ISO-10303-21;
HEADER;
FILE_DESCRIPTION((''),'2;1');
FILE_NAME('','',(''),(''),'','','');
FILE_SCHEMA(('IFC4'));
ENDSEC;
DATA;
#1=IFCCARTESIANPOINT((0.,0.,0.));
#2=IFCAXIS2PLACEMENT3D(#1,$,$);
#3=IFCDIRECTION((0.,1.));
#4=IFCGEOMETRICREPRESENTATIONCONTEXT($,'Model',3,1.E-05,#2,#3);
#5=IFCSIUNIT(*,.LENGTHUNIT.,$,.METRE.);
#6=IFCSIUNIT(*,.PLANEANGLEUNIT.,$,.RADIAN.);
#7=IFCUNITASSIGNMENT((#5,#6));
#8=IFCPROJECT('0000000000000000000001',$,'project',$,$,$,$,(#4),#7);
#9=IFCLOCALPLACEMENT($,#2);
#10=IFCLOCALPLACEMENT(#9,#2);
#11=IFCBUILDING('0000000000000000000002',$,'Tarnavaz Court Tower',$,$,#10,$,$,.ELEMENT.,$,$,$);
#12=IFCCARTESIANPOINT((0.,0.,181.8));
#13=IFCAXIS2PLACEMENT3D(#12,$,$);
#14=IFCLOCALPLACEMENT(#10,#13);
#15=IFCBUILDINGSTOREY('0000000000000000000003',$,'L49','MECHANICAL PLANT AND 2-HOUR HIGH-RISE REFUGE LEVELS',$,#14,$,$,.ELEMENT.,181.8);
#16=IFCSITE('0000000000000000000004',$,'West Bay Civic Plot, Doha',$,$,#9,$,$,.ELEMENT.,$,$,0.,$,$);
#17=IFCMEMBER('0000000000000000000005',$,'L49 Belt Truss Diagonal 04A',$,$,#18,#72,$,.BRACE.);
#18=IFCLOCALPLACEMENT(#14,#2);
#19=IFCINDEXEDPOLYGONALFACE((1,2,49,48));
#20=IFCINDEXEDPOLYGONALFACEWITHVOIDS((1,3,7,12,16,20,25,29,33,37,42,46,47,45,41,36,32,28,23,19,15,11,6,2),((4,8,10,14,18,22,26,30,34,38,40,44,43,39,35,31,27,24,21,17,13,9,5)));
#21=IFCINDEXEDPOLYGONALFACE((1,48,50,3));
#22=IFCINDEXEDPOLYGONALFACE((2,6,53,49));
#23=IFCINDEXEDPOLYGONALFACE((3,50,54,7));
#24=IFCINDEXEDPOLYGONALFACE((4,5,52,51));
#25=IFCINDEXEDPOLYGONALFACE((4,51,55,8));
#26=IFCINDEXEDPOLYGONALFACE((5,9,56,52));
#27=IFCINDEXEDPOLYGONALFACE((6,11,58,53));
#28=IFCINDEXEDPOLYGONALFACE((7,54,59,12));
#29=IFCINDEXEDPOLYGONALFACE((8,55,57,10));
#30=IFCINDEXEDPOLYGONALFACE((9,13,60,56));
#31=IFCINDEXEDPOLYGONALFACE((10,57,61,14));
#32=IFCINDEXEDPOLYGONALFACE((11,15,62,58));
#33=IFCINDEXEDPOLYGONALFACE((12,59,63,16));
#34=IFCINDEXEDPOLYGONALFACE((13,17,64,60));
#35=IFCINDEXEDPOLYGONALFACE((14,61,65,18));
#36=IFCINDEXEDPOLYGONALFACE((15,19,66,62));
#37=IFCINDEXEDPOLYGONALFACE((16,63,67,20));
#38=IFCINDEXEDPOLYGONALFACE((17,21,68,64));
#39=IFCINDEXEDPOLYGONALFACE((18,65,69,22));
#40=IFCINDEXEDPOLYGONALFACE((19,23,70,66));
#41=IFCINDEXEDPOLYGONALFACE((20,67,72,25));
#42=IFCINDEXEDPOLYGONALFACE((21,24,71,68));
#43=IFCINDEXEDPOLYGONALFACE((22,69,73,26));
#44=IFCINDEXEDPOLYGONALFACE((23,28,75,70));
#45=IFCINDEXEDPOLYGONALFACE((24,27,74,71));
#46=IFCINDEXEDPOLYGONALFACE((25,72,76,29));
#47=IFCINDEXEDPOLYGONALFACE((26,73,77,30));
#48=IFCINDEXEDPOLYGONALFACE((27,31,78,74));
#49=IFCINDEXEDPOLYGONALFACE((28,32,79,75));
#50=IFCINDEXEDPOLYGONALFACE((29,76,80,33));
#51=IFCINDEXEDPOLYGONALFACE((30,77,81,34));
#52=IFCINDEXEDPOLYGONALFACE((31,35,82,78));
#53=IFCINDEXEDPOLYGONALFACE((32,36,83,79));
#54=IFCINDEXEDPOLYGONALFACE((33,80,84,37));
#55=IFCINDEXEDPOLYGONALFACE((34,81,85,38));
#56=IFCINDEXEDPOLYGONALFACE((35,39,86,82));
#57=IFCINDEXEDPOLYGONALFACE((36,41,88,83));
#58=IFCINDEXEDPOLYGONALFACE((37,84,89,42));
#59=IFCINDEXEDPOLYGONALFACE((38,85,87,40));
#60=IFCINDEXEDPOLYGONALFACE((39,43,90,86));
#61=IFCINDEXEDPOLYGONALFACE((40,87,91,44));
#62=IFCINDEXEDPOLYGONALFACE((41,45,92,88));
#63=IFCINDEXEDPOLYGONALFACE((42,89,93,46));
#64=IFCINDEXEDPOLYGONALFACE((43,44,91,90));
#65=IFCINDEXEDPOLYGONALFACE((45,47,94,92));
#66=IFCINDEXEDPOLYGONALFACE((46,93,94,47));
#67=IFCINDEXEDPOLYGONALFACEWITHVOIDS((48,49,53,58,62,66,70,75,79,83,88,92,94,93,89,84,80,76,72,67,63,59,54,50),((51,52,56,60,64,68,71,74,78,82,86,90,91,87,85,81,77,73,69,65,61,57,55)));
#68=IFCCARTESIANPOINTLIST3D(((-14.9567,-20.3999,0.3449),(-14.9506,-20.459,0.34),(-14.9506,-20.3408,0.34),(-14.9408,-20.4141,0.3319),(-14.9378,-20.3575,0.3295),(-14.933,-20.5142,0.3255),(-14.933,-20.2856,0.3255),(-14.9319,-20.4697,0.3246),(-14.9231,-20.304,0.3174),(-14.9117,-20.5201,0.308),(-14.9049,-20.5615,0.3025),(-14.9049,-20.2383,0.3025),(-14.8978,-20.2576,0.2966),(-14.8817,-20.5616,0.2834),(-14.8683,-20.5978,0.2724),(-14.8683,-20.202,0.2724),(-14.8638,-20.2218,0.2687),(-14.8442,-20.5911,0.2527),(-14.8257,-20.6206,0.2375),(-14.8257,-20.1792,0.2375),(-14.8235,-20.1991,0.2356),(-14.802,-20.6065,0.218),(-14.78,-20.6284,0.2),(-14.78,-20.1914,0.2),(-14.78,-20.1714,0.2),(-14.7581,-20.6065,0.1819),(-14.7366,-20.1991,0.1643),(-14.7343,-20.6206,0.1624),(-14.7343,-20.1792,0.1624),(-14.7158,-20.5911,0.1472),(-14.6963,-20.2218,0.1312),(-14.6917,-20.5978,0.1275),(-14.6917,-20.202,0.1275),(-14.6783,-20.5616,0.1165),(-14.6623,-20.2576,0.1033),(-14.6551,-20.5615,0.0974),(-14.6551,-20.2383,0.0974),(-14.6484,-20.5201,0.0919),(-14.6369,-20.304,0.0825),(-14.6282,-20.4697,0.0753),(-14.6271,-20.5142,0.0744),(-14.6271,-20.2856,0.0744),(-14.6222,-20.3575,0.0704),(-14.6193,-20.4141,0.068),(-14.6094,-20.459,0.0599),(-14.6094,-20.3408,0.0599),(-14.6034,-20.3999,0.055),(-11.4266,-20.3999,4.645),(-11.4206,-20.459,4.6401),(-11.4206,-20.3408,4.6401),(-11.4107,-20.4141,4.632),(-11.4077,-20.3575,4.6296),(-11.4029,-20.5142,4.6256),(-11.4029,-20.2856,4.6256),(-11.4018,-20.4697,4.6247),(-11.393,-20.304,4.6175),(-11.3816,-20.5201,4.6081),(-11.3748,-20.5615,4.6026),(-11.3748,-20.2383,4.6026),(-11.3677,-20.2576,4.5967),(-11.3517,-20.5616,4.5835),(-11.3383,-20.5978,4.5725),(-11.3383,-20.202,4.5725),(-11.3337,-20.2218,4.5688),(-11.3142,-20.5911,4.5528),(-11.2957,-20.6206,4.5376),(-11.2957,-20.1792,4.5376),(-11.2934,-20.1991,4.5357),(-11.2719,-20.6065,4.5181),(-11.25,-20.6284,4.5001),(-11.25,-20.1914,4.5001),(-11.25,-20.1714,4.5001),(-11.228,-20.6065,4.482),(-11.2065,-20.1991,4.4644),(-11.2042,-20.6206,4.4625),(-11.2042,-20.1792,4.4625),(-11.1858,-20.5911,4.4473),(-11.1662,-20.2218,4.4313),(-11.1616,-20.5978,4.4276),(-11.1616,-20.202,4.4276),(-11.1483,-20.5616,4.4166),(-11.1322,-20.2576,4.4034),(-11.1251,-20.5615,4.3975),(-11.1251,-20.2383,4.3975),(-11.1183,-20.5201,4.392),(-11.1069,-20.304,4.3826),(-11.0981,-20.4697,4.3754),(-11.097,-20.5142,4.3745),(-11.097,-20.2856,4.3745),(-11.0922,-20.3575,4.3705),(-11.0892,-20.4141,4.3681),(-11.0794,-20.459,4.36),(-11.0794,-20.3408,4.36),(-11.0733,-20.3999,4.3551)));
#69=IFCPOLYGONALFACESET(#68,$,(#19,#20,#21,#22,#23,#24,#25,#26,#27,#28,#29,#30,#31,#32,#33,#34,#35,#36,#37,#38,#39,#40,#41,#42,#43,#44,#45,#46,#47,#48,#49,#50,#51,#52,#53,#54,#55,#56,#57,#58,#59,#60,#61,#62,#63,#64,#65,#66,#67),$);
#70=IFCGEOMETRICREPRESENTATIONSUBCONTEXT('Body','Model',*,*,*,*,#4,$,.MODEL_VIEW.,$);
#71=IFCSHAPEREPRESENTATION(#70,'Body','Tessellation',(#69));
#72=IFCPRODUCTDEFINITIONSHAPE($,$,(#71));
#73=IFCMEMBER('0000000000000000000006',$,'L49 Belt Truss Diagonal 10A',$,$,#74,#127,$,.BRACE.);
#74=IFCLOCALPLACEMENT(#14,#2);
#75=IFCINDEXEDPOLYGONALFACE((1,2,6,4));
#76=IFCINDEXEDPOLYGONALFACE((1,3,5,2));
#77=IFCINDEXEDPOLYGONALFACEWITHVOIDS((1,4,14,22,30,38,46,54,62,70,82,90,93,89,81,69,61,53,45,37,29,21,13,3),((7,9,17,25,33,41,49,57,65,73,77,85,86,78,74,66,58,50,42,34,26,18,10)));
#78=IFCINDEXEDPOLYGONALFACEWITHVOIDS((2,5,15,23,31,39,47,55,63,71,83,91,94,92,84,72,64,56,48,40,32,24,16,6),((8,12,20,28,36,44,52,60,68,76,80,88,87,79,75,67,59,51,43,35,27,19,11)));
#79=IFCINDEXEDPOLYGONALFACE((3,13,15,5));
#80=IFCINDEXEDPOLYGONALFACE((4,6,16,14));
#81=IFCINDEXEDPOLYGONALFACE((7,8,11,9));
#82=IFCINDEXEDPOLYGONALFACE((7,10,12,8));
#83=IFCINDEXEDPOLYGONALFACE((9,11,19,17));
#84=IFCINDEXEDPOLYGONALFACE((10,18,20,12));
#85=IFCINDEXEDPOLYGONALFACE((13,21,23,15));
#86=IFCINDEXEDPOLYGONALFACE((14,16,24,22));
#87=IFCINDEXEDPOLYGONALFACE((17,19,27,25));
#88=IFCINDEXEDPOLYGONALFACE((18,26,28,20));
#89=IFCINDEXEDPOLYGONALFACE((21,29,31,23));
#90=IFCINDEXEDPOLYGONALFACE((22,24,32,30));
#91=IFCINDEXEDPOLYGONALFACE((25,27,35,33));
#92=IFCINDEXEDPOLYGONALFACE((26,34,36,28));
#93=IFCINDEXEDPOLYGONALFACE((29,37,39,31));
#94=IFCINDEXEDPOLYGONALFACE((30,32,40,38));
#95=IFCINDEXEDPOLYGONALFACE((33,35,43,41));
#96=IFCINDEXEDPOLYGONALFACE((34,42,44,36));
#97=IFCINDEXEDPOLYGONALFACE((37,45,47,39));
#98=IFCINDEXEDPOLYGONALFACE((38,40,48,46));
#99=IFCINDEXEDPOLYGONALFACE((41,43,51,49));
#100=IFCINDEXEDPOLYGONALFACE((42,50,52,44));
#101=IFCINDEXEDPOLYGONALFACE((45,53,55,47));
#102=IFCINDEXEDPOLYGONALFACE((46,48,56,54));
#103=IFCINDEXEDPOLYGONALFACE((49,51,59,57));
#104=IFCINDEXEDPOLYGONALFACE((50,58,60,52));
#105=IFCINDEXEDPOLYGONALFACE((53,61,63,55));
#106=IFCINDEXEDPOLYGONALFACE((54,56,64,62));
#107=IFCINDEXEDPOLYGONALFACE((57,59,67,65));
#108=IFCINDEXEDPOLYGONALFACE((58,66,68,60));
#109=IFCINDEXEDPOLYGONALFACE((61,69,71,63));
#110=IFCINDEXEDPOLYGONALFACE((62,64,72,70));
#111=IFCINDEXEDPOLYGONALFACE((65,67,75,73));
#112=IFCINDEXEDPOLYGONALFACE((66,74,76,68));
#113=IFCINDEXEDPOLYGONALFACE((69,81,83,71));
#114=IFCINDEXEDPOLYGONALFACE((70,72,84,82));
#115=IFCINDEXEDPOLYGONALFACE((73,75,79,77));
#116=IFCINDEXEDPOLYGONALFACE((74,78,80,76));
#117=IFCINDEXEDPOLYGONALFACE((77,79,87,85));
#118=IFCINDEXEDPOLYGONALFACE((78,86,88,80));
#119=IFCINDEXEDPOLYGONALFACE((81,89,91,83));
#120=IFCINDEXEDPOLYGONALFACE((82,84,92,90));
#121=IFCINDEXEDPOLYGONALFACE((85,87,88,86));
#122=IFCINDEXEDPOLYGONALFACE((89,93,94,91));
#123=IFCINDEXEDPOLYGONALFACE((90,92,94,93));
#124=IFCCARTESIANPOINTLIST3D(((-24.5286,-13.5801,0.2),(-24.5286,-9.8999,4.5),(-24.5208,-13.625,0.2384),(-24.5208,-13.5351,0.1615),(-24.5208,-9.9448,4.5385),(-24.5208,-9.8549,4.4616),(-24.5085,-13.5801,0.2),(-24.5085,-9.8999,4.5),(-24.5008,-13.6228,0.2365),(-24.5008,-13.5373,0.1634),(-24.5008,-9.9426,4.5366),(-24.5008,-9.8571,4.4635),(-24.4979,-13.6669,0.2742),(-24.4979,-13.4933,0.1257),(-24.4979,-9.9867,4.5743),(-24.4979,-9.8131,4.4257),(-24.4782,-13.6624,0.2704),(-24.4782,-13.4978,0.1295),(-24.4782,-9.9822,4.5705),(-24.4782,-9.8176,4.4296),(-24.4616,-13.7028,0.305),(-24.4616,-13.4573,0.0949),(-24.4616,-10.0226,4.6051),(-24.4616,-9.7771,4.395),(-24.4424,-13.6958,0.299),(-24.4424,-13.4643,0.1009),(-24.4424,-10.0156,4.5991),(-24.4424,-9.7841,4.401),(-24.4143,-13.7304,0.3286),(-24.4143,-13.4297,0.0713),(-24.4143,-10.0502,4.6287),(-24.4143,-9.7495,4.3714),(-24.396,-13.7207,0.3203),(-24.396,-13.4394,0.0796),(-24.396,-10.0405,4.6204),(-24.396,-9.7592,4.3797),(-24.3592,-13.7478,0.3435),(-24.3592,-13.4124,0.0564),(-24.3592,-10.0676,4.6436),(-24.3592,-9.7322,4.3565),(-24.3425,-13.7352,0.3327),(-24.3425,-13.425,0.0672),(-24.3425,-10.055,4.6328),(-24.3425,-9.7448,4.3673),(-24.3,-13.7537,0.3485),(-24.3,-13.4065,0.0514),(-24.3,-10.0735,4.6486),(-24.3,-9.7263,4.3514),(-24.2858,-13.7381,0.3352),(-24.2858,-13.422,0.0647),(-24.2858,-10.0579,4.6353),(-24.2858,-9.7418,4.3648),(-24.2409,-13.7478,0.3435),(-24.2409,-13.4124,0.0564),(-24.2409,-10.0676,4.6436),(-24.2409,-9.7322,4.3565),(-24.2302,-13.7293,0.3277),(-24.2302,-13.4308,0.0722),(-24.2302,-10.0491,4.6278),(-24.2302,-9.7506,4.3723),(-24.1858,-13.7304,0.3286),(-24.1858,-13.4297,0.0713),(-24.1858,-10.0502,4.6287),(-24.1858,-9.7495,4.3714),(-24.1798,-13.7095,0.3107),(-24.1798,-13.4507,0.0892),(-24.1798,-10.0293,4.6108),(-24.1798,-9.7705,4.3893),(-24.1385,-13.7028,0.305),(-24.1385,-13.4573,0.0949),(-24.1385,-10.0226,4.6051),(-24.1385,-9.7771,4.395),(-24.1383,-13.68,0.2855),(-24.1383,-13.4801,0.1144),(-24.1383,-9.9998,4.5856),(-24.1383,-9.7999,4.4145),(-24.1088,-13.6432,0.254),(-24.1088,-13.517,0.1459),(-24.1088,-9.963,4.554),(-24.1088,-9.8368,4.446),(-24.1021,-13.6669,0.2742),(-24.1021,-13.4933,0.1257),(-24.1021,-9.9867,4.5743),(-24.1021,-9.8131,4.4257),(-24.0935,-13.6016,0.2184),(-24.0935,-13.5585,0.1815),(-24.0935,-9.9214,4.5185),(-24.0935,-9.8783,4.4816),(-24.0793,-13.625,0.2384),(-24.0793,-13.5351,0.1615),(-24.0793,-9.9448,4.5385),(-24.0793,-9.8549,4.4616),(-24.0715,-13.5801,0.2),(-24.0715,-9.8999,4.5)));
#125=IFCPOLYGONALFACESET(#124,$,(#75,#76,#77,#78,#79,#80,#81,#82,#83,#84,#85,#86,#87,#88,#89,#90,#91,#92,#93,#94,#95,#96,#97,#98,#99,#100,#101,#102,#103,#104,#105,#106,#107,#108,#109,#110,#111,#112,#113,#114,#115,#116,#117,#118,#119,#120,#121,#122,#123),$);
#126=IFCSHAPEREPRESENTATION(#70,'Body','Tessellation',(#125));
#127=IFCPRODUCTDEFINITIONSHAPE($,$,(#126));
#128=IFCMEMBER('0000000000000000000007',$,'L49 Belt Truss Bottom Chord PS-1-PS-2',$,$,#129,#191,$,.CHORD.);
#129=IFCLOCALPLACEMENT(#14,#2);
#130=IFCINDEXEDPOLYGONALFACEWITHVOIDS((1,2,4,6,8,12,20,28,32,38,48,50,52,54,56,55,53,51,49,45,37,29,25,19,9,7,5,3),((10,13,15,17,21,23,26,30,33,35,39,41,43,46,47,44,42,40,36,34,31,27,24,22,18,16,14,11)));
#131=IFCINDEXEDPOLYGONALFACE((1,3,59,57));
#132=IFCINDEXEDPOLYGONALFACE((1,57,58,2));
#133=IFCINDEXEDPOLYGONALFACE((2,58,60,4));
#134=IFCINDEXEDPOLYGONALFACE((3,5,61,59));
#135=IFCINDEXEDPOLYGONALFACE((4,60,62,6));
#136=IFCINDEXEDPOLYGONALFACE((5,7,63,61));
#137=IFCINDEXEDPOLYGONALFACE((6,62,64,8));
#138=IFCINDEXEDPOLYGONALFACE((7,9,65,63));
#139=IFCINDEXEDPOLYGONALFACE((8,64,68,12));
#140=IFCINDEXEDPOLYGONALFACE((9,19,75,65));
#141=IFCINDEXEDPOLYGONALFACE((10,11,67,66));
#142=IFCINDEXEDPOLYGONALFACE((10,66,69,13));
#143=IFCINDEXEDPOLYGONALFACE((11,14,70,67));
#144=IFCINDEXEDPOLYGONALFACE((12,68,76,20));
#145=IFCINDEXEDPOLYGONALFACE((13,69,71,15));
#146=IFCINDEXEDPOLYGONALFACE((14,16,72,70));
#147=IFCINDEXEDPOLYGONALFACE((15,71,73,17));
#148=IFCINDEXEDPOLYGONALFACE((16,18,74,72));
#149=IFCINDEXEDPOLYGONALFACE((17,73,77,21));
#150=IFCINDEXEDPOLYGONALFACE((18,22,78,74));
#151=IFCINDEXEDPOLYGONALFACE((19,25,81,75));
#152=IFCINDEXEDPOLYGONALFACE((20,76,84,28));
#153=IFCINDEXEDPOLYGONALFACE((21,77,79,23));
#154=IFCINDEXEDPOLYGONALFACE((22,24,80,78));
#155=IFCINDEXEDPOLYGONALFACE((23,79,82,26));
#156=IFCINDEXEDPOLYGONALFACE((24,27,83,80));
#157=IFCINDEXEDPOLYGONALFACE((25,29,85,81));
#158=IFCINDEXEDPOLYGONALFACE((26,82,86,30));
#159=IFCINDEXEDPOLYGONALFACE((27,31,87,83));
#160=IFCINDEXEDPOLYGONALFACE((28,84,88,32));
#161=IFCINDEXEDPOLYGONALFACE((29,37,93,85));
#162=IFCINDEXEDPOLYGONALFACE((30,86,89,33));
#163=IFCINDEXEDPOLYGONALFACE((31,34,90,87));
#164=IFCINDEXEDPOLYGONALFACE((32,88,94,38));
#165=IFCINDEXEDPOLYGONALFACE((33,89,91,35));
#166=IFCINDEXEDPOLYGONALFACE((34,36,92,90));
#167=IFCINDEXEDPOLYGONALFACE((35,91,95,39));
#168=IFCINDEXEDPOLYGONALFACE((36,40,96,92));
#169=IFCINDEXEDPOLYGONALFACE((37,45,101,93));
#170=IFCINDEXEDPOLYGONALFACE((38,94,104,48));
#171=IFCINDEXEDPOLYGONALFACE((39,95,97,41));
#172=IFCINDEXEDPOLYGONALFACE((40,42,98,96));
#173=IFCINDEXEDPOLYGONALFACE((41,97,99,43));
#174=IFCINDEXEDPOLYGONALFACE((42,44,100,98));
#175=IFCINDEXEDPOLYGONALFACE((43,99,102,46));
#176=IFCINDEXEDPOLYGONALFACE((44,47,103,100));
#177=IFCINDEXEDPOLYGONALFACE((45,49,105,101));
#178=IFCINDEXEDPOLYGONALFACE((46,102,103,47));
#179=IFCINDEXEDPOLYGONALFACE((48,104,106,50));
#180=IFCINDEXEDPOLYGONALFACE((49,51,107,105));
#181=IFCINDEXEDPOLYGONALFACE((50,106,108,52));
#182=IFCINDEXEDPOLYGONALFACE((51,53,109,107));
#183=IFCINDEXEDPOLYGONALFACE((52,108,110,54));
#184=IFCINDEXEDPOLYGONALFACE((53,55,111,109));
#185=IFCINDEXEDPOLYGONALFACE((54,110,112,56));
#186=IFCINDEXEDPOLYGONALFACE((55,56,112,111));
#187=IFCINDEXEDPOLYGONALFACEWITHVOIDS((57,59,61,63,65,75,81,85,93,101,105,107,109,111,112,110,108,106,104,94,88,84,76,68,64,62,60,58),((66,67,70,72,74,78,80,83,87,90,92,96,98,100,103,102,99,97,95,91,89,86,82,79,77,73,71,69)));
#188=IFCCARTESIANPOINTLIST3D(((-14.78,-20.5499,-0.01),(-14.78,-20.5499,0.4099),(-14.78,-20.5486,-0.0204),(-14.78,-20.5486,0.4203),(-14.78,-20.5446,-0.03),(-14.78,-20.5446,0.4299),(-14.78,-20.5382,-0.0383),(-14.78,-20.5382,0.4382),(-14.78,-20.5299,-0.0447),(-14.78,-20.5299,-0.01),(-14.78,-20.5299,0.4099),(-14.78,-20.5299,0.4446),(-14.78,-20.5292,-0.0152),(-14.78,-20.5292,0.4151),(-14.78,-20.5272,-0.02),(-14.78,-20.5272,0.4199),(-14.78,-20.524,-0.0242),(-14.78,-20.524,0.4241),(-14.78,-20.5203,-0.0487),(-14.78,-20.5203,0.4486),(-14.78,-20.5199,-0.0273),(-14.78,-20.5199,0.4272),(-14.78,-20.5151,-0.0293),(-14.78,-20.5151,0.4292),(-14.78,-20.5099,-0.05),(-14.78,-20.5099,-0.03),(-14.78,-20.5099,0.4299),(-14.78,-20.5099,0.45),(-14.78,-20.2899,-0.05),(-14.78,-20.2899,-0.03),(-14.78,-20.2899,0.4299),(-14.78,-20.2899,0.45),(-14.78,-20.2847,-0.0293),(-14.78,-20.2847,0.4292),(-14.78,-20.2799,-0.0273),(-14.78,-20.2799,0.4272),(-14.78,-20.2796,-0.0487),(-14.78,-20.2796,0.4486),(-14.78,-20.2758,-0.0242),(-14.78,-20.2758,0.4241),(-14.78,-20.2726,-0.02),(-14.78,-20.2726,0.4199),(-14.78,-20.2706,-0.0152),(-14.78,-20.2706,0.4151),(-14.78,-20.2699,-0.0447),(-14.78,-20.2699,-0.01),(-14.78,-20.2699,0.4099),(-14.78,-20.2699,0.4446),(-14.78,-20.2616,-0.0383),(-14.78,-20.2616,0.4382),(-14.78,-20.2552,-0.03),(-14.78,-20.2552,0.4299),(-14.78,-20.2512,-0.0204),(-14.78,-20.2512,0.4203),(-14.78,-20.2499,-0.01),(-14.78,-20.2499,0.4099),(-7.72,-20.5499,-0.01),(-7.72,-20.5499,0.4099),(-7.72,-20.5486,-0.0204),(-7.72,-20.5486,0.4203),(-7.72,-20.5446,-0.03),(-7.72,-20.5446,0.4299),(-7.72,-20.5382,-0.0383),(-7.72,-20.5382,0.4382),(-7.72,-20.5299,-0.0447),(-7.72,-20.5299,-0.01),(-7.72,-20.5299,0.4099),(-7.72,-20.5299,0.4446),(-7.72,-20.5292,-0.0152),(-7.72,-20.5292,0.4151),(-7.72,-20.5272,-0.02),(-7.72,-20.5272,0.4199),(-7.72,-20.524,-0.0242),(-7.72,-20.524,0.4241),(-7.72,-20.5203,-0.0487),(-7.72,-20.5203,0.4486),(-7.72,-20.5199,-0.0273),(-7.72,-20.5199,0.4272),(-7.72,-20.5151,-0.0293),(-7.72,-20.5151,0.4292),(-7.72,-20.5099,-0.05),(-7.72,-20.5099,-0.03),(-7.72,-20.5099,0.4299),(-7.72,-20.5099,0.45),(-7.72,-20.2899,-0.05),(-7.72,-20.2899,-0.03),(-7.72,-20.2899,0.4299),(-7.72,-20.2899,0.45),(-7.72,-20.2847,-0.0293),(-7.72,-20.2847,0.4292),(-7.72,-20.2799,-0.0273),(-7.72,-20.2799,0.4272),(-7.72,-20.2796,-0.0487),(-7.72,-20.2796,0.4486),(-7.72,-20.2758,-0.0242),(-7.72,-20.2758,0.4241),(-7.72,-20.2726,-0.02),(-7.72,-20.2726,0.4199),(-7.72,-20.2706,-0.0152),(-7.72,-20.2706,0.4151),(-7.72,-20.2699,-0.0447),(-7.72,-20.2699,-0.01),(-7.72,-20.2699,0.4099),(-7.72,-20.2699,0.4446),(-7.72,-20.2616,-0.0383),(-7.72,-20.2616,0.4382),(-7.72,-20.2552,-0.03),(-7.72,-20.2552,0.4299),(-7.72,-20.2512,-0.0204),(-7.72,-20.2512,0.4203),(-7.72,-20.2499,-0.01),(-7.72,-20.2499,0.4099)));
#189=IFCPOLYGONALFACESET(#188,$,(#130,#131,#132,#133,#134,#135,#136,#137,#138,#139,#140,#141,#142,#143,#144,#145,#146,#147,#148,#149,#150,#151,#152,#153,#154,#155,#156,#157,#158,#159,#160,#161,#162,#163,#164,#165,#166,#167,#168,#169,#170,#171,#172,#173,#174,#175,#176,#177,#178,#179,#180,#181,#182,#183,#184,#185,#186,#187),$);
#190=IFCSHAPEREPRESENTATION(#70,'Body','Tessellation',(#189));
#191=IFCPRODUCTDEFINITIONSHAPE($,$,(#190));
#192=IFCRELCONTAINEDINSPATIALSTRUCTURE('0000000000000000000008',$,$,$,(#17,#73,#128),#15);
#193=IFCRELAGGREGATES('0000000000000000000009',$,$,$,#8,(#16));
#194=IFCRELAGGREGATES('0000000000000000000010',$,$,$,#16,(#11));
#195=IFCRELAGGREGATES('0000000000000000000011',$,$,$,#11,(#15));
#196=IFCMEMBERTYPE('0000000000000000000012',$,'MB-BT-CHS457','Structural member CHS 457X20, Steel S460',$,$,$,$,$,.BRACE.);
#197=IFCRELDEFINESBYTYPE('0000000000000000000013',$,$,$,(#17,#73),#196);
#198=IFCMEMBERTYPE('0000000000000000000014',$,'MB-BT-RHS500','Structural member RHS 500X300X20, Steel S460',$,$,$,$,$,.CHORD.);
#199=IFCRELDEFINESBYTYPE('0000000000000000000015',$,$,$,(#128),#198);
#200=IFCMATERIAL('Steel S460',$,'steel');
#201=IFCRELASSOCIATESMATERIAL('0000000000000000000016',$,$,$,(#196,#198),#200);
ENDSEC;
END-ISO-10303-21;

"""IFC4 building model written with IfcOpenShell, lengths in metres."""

from ifc_helpers import new_model, si_unit, direction, frame, origin, origin_2d, place, context, subcontext, project, spatial, hollow_rectangle, hollow_circle, extrude, material, material_profile, profile_set, type_object, element, save


model = new_model("IFC4")

# Units and contexts
model_context = context("Model", 3, precision=1e-05, world=origin(), true_north=direction((0.0, 1.0)))
body_context = subcontext(model_context, "Body", "Model", "MODEL_VIEW")
ifc_project = project(units=[si_unit("LENGTHUNIT", "METRE"), si_unit("PLANEANGLEUNIT", "RADIAN")], contexts=[model_context])

# Site, building, storey
site_placement = place(None, origin())
site = spatial("IfcSite", under=ifc_project, at=site_placement, Name="West Bay Civic Plot, Doha", CompositionType="ELEMENT", RefElevation=0.0)
building_placement = place(site_placement, origin())
building = spatial("IfcBuilding", under=site, at=building_placement, Name="Tarnavaz Court Tower", CompositionType="ELEMENT")
storey_placement = place(building_placement, frame((0.0, 0.0, 181.8)))
storey = spatial("IfcBuildingStorey", under=building, at=storey_placement, Name="L49", Description="MECHANICAL PLANT AND 2-HOUR HIGH-RISE REFUGE LEVELS", CompositionType="ELEMENT", Elevation=181.8)

# Shared definitions
ifc_material_1 = material(Name="Steel S460", Category="steel")

# Members
ifc_material_profile_1 = material_profile(ifc_material_1, hollow_circle(Radius=0.2285, WallThickness=0.02, at=origin_2d()), Name="CHS 457X20")
ifc_profile_set_1 = profile_set([ifc_material_profile_1], Name="Steel S460")
member_type_1 = type_object("IfcMemberType", Name="MB-BT-CHS457", Description="Structural member CHS 457X20, Steel S460", PredefinedType="BRACE", material=ifc_profile_set_1)
member_1_placement = place(storey_placement, frame((-14.78, -20.3999, 0.2), z_axis=(0.634508, 0.0, 0.772916), x_axis=(0.0, 1.0, 0.0)))
element("IfcMember", 1, at=member_1_placement, inside=storey, type_object=member_type_1, Name="L49 Belt Truss Diagonal 04A", PredefinedType="BRACE", context=body_context, shape_type="SweptSolid", body=[
    extrude(hollow_circle(Radius=0.2285, WallThickness=0.02, at=origin_2d()), origin(), (0.0, 0.0, 1.0), 5.5635),
])
member_2_placement = place(storey_placement, frame((-24.3, -13.5801, 0.2), z_axis=(0.0, 0.650223, 0.759744), x_axis=(-1.0, 0.0, 0.0)))
element("IfcMember", 2, at=member_2_placement, inside=storey, type_object=member_type_1, Name="L49 Belt Truss Diagonal 10A", PredefinedType="BRACE", context=body_context, shape_type="SweptSolid", body=[
    extrude(hollow_circle(Radius=0.2285, WallThickness=0.02, at=origin_2d()), origin(), (0.0, 0.0, 1.0), 5.6599),
])
ifc_material_profile_2 = material_profile(ifc_material_1, hollow_rectangle(XDim=0.3, YDim=0.5, WallThickness=0.02, InnerFilletRadius=0.02, OuterFilletRadius=0.04, at=origin_2d()), Name="RHS 500X300X20")
ifc_profile_set_2 = profile_set([ifc_material_profile_2], Name="Steel S460")
member_type_2 = type_object("IfcMemberType", Name="MB-BT-RHS500", Description="Structural member RHS 500X300X20, Steel S460", PredefinedType="CHORD", material=ifc_profile_set_2)
member_3_placement = place(storey_placement, frame((-14.78, -20.3999, 0.2), z_axis=(1.0, 0.0, 0.0), x_axis=(0.0, 1.0, 0.0)))
element("IfcMember", 3, at=member_3_placement, inside=storey, type_object=member_type_2, Name="L49 Belt Truss Bottom Chord PS-1-PS-2", PredefinedType="CHORD", context=body_context, shape_type="SweptSolid", body=[
    extrude(hollow_rectangle(XDim=0.3, YDim=0.5, WallThickness=0.02, InnerFilletRadius=0.02, OuterFilletRadius=0.04, at=origin_2d()), origin(), (0.0, 0.0, 1.0), 7.0601),
])

save(model, "model.ifc")
